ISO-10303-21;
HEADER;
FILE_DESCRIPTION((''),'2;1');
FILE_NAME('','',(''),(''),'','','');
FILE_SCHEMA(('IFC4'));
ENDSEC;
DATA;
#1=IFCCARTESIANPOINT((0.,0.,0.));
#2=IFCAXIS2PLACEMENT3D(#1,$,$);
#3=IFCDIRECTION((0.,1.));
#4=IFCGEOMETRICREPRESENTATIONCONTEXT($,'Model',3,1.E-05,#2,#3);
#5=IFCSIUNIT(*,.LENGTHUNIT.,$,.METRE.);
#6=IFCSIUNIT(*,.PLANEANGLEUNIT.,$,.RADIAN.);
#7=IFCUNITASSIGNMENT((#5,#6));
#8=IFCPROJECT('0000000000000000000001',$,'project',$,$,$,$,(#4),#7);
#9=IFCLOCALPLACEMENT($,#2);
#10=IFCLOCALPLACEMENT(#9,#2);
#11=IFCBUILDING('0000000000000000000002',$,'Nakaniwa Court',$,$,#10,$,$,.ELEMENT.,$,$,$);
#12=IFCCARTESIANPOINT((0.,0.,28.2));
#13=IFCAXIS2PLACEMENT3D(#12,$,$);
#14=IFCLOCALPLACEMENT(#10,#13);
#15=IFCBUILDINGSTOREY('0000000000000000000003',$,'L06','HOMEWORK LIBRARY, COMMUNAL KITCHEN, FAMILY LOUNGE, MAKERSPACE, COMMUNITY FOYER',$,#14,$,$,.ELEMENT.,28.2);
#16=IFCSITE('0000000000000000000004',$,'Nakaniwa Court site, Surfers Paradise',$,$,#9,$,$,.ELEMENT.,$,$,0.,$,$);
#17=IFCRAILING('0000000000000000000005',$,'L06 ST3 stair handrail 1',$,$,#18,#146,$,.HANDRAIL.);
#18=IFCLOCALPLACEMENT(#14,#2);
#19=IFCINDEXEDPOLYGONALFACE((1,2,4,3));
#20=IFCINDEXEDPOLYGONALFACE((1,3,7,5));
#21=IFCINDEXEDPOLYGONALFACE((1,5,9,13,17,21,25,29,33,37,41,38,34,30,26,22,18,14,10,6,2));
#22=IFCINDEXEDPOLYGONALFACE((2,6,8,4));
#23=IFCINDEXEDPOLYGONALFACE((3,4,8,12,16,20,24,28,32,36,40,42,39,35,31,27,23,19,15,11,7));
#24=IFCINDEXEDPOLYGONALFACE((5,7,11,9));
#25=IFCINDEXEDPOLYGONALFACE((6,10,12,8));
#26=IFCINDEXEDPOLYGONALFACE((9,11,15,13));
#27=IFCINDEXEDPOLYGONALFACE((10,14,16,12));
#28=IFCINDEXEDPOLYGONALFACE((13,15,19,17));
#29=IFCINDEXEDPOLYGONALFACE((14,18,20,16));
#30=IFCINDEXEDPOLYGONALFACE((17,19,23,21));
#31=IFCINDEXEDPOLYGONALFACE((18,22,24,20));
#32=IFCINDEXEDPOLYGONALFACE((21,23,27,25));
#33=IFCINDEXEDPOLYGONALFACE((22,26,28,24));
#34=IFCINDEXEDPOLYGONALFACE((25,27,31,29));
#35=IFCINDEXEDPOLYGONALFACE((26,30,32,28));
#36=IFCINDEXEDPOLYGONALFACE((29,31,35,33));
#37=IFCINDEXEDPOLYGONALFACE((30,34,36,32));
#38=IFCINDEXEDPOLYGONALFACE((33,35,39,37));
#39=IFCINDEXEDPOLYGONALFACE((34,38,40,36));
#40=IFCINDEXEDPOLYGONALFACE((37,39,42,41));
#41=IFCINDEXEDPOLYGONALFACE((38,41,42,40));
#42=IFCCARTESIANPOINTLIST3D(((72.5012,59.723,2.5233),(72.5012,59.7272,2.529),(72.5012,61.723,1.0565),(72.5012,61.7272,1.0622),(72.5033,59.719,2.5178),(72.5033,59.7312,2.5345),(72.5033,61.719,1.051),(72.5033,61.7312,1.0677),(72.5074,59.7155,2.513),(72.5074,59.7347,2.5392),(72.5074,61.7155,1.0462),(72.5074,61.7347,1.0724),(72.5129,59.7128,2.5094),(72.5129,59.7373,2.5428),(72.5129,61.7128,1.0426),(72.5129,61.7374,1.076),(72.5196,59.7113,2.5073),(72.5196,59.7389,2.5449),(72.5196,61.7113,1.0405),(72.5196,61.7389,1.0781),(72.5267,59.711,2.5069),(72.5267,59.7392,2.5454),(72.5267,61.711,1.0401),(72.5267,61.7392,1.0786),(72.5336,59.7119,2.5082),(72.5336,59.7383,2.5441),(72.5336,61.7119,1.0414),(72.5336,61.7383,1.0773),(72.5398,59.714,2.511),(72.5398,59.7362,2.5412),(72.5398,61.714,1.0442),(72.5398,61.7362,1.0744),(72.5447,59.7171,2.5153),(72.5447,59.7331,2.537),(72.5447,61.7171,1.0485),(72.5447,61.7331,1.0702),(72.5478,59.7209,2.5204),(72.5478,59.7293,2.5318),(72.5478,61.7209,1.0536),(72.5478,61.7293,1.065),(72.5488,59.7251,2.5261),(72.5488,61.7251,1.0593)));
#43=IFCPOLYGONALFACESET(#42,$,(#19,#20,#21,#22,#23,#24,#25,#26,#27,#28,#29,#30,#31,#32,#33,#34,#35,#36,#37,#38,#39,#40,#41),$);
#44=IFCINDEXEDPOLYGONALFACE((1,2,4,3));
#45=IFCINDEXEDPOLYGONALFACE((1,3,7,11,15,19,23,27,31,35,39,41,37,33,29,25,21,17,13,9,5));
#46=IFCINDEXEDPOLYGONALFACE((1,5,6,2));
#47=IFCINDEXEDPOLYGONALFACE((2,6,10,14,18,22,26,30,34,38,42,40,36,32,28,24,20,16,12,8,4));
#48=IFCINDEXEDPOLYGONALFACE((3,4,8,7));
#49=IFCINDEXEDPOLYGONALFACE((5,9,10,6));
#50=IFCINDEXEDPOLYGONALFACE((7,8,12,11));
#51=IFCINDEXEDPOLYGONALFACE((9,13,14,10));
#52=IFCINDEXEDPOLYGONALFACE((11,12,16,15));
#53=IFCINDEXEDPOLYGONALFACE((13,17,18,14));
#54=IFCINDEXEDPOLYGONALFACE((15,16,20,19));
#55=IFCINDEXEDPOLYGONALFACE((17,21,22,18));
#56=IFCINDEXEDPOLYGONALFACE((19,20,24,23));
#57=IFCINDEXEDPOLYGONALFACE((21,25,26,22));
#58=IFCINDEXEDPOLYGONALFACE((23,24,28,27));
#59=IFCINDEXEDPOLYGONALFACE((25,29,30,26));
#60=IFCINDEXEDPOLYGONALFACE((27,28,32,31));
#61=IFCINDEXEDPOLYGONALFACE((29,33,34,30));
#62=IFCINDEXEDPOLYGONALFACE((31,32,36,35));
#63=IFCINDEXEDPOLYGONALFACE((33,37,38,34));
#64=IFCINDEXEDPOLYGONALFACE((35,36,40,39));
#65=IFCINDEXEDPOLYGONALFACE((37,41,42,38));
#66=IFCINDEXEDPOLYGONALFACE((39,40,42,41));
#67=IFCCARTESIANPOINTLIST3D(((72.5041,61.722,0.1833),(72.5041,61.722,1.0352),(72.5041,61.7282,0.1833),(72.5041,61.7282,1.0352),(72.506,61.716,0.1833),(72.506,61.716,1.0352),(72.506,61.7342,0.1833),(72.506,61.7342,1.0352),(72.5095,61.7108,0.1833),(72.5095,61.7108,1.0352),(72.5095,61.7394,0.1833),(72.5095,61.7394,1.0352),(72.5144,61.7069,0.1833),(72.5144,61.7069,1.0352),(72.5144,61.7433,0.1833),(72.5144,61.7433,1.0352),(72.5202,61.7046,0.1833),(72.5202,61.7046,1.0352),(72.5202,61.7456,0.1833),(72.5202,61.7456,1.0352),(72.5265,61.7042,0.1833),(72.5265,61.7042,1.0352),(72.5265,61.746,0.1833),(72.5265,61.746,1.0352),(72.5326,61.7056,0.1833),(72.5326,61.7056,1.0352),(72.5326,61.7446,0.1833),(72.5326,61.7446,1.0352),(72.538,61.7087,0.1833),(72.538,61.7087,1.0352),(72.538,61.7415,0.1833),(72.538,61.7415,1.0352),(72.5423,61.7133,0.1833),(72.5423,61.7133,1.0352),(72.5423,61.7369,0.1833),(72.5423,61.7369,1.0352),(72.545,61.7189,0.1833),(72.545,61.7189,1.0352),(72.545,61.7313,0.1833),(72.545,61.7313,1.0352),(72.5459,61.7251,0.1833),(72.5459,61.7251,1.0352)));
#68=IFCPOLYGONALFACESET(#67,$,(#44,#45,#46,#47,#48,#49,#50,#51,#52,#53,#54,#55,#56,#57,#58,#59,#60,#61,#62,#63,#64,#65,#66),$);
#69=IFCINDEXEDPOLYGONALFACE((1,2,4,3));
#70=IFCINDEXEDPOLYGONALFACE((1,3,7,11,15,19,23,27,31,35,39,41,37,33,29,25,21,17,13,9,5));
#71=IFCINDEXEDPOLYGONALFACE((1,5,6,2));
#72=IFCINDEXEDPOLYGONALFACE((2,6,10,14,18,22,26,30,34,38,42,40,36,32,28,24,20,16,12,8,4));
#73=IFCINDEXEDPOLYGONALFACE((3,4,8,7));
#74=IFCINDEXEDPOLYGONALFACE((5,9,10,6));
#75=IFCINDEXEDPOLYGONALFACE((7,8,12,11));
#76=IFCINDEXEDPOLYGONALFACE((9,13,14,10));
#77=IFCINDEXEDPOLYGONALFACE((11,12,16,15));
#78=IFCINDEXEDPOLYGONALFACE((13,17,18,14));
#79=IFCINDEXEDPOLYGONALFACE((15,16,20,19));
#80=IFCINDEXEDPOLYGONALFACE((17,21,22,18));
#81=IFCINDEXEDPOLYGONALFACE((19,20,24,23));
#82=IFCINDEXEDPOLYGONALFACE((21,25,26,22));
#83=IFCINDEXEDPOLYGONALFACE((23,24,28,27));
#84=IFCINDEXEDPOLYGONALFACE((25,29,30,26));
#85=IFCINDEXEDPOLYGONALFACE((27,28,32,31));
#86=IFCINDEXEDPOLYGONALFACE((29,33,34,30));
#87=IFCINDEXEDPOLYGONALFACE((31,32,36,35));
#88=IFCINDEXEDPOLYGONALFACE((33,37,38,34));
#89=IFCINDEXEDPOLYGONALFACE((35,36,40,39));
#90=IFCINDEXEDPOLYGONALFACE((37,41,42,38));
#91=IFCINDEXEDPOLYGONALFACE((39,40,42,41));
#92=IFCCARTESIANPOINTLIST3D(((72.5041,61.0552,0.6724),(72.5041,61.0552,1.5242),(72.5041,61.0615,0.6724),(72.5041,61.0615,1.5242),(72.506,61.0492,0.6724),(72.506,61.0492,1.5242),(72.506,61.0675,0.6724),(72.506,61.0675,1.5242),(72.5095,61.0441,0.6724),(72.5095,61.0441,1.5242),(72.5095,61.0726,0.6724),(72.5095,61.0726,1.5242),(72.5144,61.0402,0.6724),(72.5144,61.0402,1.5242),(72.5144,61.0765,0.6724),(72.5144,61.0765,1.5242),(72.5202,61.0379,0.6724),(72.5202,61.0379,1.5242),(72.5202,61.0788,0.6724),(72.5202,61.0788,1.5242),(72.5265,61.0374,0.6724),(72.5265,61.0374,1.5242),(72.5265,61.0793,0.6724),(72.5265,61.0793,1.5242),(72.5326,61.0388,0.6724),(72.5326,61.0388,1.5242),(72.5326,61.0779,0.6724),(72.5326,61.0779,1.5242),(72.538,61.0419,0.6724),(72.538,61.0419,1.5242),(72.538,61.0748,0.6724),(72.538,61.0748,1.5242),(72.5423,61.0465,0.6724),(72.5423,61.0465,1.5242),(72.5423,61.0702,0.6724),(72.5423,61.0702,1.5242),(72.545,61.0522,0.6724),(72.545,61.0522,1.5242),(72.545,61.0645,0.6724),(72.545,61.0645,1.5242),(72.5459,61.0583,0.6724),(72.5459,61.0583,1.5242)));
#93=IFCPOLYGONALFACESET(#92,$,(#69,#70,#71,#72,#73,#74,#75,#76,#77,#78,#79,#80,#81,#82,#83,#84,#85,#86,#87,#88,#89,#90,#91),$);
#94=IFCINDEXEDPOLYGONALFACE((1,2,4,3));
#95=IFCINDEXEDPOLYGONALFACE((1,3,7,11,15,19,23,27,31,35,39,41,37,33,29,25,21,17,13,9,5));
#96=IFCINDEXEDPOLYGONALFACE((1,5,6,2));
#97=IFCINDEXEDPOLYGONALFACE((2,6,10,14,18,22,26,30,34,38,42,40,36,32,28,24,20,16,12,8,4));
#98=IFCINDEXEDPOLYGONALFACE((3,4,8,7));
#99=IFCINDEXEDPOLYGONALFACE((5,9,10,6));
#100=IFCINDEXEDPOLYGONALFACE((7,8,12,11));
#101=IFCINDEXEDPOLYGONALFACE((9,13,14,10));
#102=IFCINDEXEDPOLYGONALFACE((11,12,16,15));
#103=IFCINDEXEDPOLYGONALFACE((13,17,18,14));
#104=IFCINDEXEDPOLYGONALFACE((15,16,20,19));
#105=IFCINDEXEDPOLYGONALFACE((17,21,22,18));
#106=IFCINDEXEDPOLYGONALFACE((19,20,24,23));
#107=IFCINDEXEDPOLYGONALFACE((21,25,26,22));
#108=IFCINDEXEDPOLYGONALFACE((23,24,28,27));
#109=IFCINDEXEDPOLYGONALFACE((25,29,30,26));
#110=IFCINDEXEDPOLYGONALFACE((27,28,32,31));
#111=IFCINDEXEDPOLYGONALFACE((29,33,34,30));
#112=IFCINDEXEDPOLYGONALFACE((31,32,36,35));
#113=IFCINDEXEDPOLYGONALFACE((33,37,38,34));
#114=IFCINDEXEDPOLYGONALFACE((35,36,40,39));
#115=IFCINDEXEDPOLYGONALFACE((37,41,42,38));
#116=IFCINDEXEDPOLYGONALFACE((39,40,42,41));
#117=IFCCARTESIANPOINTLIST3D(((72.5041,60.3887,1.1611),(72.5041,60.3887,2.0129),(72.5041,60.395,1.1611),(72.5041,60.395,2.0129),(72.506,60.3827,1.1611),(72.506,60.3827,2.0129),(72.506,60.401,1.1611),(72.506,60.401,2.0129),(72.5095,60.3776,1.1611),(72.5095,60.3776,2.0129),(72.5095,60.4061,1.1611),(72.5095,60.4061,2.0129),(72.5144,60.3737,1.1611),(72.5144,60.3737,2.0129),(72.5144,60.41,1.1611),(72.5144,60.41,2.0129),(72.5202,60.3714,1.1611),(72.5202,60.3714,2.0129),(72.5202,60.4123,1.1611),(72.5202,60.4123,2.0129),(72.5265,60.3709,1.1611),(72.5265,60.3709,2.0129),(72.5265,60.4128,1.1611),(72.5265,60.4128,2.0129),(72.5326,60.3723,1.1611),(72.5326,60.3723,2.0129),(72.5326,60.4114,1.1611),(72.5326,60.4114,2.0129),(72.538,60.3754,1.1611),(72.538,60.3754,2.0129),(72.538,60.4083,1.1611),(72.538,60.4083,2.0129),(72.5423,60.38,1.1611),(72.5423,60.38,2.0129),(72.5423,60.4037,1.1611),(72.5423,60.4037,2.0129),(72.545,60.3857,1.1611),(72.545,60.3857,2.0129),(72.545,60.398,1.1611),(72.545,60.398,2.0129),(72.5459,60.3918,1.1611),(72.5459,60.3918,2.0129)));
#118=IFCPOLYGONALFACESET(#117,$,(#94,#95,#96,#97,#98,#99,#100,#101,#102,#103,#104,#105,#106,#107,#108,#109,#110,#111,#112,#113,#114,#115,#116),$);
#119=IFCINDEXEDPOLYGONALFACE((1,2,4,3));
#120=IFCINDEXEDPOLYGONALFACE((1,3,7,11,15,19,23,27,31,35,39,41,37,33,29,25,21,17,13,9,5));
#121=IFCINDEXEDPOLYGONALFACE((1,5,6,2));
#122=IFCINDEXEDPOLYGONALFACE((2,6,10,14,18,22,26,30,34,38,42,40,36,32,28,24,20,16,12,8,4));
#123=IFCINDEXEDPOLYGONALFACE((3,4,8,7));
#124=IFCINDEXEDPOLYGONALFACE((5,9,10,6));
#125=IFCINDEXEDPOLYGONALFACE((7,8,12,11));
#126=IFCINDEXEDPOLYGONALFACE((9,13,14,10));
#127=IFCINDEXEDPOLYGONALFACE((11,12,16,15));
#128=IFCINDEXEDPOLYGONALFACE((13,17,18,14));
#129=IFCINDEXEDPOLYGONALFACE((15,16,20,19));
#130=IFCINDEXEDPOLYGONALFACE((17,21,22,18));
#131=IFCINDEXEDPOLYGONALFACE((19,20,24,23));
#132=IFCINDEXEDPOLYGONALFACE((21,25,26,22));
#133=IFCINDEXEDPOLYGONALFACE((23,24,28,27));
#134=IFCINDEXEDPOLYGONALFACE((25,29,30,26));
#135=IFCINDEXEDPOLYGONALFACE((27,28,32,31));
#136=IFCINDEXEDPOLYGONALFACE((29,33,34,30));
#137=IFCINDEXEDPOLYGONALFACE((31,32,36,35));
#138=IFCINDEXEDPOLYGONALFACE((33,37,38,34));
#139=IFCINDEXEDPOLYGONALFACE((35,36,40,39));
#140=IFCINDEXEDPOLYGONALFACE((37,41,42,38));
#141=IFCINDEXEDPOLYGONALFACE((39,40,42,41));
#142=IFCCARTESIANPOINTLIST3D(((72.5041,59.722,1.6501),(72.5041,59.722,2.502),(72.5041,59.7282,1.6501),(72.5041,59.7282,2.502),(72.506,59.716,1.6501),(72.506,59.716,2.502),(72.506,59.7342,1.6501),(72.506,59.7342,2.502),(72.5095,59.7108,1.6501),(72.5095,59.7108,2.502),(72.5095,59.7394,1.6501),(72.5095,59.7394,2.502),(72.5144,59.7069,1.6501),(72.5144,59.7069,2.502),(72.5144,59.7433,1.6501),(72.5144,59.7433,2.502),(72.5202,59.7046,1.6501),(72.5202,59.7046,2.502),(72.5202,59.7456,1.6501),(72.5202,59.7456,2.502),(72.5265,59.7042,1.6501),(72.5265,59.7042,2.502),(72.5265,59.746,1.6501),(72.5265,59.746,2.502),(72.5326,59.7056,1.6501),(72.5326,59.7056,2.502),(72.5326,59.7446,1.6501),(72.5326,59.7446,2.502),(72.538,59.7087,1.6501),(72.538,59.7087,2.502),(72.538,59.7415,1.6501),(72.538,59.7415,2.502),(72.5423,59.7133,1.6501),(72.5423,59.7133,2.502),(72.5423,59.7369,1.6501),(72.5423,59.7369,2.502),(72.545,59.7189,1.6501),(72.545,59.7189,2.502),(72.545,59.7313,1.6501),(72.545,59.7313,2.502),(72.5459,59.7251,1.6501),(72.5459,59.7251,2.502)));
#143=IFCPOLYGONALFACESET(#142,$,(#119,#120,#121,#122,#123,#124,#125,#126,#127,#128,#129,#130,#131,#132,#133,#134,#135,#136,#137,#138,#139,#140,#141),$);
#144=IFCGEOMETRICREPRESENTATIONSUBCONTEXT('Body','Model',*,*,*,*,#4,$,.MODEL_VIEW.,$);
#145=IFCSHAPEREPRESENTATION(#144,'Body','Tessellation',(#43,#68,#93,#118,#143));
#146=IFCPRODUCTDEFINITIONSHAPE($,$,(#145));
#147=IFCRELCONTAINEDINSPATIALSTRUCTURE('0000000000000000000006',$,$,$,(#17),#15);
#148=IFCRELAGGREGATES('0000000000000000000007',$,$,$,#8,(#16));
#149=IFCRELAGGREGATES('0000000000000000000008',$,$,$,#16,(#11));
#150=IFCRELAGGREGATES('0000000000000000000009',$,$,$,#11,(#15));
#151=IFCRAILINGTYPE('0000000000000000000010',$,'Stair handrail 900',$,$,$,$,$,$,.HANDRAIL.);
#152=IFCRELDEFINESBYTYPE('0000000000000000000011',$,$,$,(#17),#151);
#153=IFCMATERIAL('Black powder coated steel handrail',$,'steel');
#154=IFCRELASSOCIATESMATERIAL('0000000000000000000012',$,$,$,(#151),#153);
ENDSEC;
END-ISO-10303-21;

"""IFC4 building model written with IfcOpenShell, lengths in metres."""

from ifc_helpers import new_model, si_unit, direction, frame, origin, origin_2d, place, context, subcontext, project, spatial, circle, extrude, material, type_object, element, save


model = new_model("IFC4")

# Units and contexts
model_context = context("Model", 3, precision=1e-05, world=origin(), true_north=direction((0.0, 1.0)))
body_context = subcontext(model_context, "Body", "Model", "MODEL_VIEW")
ifc_project = project(units=[si_unit("LENGTHUNIT", "METRE"), si_unit("PLANEANGLEUNIT", "RADIAN")], contexts=[model_context])

# Site, building, storey
site_placement = place(None, origin())
site = spatial("IfcSite", under=ifc_project, at=site_placement, Name="Nakaniwa Court site, Surfers Paradise", CompositionType="ELEMENT", RefElevation=0.0)
building_placement = place(site_placement, origin())
building = spatial("IfcBuilding", under=site, at=building_placement, Name="Nakaniwa Court", CompositionType="ELEMENT")
storey_placement = place(building_placement, frame((0.0, 0.0, 28.2)))
storey = spatial("IfcBuildingStorey", under=building, at=storey_placement, Name="L06", Description="HOMEWORK LIBRARY, COMMUNAL KITCHEN, FAMILY LOUNGE, MAKERSPACE, COMMUNITY FOYER", CompositionType="ELEMENT", Elevation=28.2)

# Railing
ifc_material_1 = material(Name="Black powder coated steel handrail", Category="steel")
railing_type_1 = type_object("IfcRailingType", Name="Stair handrail 900", PredefinedType="HANDRAIL", material=ifc_material_1)
railing_1_placement = place(storey_placement, frame((72.5249, 61.7251, 0.1833)))
element("IfcRailing", 1, at=railing_1_placement, inside=storey, type_object=railing_type_1, Name="L06 ST3 stair handrail 1", PredefinedType="HANDRAIL", context=body_context, shape_type="SweptSolid", body=[
    extrude(circle(Radius=0.0239, at=origin_2d()), frame((0.0, 0.0, 0.876), z_axis=(0.0, -0.80638, 0.591398), x_axis=(1.0, 0.0, 0.0)), (0.0, 0.0, 1.0), 2.4802),
    extrude(circle(Radius=0.021, at=origin_2d()), origin(), (0.0, 0.0, 1.0), 0.8518),
    extrude(circle(Radius=0.021, at=origin_2d()), frame((0.0, -0.6667, 0.489)), (0.0, 0.0, 1.0), 0.8518),
    extrude(circle(Radius=0.021, at=origin_2d()), frame((0.0, -1.3333, 0.9778)), (0.0, 0.0, 1.0), 0.8518),
    extrude(circle(Radius=0.021, at=origin_2d()), frame((0.0, -2.0, 1.4668)), (0.0, 0.0, 1.0), 0.8518),
])

save(model, "model.ifc")
